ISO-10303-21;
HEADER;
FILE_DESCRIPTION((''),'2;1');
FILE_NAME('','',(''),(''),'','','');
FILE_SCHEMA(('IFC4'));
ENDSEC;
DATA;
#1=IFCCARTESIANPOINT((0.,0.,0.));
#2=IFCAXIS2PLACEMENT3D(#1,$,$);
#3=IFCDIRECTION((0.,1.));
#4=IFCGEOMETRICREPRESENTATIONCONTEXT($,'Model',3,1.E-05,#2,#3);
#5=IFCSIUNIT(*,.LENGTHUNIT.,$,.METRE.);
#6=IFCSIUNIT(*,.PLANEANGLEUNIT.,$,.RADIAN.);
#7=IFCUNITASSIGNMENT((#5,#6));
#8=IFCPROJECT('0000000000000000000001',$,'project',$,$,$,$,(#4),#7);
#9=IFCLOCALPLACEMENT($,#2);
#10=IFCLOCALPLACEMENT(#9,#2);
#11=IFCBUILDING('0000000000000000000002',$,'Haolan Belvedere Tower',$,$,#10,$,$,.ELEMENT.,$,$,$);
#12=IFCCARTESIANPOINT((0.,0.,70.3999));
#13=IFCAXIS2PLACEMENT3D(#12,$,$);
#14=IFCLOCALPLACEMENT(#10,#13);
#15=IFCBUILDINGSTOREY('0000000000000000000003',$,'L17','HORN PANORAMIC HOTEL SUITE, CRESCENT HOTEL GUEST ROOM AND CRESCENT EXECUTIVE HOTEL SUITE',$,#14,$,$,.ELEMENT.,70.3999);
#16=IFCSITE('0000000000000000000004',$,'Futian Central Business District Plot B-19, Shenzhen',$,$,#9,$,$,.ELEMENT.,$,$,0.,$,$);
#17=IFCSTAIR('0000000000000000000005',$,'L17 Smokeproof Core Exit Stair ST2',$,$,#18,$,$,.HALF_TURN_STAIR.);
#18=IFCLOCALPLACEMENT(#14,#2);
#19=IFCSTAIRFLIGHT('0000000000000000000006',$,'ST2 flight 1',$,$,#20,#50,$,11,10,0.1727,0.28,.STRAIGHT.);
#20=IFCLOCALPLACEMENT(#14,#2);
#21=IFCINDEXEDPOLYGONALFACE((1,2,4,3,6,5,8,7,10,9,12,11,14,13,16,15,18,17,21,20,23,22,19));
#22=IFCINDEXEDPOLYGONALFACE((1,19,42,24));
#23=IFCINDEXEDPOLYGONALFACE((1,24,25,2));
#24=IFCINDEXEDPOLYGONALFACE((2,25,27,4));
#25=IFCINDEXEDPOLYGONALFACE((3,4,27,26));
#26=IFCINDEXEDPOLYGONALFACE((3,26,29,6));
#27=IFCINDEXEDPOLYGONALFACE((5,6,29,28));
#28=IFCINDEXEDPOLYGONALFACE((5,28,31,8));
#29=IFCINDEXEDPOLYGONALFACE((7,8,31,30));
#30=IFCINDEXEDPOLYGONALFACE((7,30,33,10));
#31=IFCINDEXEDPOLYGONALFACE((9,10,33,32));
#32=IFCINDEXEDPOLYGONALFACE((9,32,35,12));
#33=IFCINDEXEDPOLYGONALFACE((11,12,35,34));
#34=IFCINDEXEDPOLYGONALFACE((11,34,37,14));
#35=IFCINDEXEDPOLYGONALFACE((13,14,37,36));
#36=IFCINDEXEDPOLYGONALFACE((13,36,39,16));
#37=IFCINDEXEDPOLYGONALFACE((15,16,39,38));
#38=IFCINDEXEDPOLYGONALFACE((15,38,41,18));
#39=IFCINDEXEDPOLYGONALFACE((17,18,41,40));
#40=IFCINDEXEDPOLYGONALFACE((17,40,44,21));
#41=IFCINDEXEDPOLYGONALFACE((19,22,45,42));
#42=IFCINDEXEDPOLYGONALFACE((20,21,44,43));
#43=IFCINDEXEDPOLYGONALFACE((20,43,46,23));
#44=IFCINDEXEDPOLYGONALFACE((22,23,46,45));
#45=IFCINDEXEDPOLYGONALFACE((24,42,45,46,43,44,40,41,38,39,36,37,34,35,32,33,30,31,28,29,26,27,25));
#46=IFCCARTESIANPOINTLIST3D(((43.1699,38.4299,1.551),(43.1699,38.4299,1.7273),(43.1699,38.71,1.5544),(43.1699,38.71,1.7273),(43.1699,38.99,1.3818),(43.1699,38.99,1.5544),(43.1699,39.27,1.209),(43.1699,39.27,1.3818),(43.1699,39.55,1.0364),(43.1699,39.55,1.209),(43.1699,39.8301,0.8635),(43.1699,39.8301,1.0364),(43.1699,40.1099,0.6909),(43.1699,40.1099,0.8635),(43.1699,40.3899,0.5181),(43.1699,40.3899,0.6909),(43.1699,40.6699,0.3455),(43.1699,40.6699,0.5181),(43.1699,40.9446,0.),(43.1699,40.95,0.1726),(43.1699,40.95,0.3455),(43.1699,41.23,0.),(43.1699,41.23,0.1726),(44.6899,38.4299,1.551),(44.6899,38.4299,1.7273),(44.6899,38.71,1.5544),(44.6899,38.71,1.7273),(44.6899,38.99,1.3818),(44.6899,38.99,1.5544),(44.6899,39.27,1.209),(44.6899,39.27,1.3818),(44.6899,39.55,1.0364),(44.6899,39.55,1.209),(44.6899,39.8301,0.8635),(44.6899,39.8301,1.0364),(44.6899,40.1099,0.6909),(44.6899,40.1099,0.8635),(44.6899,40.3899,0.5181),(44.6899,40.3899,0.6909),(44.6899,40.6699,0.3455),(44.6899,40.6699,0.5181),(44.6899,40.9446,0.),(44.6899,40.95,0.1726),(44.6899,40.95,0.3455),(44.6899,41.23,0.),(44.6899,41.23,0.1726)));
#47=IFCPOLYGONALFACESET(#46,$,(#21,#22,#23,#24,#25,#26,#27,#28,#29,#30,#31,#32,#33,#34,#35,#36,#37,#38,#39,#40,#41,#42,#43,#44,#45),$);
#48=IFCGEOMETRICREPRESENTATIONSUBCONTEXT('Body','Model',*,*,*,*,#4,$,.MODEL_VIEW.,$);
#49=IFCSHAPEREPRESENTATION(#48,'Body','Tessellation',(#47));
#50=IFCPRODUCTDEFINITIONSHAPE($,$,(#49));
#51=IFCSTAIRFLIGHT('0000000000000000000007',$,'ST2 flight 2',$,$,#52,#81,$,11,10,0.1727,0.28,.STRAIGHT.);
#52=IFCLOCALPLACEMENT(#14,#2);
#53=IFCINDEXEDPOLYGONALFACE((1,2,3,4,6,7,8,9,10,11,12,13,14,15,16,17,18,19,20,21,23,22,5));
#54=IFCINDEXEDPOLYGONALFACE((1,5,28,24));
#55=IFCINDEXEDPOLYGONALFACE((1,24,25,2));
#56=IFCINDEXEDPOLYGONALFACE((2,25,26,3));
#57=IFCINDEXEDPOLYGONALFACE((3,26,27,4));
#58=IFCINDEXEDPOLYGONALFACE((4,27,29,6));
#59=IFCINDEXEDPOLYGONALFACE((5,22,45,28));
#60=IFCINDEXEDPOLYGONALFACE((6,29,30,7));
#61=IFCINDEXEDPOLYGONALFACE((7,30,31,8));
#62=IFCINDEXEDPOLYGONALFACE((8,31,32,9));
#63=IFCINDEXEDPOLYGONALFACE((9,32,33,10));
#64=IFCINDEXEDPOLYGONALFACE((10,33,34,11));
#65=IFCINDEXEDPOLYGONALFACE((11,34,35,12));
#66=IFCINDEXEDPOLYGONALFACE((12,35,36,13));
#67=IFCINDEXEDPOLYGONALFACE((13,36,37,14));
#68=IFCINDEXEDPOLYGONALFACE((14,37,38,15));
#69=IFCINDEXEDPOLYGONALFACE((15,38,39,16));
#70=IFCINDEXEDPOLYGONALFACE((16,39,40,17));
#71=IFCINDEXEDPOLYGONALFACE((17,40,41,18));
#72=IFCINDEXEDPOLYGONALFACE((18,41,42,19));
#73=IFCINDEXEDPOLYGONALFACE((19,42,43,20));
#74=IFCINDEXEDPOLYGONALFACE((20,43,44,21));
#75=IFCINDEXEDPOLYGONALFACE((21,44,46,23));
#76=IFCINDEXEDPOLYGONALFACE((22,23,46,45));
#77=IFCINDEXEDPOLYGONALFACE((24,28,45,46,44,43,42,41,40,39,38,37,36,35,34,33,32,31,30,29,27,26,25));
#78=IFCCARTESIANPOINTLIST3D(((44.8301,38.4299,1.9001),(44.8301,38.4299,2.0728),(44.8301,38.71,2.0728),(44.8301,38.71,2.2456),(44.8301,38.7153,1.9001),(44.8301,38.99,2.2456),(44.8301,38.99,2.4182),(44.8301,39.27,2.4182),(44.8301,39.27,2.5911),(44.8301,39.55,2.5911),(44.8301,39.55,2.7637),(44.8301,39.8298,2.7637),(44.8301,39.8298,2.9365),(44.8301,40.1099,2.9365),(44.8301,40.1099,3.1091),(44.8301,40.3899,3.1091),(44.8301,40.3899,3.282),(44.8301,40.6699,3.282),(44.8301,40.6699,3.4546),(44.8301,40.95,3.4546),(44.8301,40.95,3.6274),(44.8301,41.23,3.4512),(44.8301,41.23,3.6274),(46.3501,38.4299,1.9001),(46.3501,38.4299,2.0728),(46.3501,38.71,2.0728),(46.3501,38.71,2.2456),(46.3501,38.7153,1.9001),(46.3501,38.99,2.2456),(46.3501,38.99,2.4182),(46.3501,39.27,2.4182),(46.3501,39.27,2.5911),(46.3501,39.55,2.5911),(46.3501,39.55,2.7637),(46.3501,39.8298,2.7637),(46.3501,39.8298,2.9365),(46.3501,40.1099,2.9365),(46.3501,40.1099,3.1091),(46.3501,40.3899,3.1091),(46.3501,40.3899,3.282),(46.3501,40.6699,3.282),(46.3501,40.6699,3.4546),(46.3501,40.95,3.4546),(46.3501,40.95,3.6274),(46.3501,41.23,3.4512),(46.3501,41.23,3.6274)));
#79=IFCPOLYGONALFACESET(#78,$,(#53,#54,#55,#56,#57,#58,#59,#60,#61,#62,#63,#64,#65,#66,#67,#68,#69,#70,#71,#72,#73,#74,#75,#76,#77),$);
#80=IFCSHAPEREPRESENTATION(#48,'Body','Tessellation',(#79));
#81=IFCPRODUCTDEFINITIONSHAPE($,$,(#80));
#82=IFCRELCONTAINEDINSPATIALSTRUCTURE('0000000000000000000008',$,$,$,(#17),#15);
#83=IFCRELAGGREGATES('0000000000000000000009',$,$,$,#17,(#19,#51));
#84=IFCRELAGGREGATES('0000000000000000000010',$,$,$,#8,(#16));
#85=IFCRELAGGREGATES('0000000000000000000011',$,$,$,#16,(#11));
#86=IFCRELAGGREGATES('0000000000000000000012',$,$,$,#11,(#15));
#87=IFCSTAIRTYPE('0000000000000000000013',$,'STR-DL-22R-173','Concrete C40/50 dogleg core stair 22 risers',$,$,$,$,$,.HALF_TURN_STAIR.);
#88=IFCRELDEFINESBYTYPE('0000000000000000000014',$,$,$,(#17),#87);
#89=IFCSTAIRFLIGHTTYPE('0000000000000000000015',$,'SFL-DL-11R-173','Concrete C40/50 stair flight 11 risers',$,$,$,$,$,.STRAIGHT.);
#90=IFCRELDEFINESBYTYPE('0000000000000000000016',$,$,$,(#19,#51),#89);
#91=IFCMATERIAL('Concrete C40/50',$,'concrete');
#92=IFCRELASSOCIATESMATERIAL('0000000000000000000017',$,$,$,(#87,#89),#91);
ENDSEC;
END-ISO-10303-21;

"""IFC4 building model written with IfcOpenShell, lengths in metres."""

from ifc_helpers import new_model, si_unit, direction, frame, origin, place, context, subcontext, project, spatial, polyline, outline, extrude, material, type_object, element, aggregate, save


model = new_model("IFC4")

# Units and contexts
model_context = context("Model", 3, precision=1e-05, world=origin(), true_north=direction((0.0, 1.0)))
body_context = subcontext(model_context, "Body", "Model", "MODEL_VIEW")
ifc_project = project(units=[si_unit("LENGTHUNIT", "METRE"), si_unit("PLANEANGLEUNIT", "RADIAN")], contexts=[model_context])

# Site, building, storey
site_placement = place(None, origin())
site = spatial("IfcSite", under=ifc_project, at=site_placement, Name="Futian Central Business District Plot B-19, Shenzhen", CompositionType="ELEMENT", RefElevation=0.0)
building_placement = place(site_placement, origin())
building = spatial("IfcBuilding", under=site, at=building_placement, Name="Haolan Belvedere Tower", CompositionType="ELEMENT")
storey_placement = place(building_placement, frame((0.0, 0.0, 70.3999)))
storey = spatial("IfcBuildingStorey", under=building, at=storey_placement, Name="L17", Description="HORN PANORAMIC HOTEL SUITE, CRESCENT HOTEL GUEST ROOM AND CRESCENT EXECUTIVE HOTEL SUITE", CompositionType="ELEMENT", Elevation=70.3999)

# Shared definitions
ifc_material_1 = material(Name="Concrete C40/50", Category="concrete")

# Shared definitions
stair_type = type_object("IfcStairType", Name="STR-DL-22R-173", Description="Concrete C40/50 dogleg core stair 22 risers", PredefinedType="HALF_TURN_STAIR", material=ifc_material_1)
stair_flight_type = type_object("IfcStairFlightType", Name="SFL-DL-11R-173", Description="Concrete C40/50 stair flight 11 risers", PredefinedType="STRAIGHT", material=ifc_material_1)

# Stair, stair flights
stair_1_placement = place(storey_placement, origin())
stair_1 = element("IfcStair", 1, at=stair_1_placement, inside=storey, type_object=stair_type, Name="L17 Smokeproof Core Exit Stair ST2", PredefinedType="HALF_TURN_STAIR")
stair_flight_1_placement = place(storey_placement, frame((43.9299, 41.23, 0.0), z_axis=(0.0, 0.0, 1.0), x_axis=(0.0, -1.0, 0.0)))
stair_flight_1 = element("IfcStairFlight", 2, at=stair_flight_1_placement, type_object=stair_flight_type, Name="ST2 flight 1", NumberOfRisers=11, NumberOfTreads=10, PredefinedType="STRAIGHT", RiserHeight=0.1727, TreadLength=0.28, context=body_context, shape_type="SweptSolid", body=[
    extrude(outline(polyline([(0.0, 0.0), (0.0, 0.1726), (0.28, 0.1726), (0.28, 0.3455), (0.5601, 0.3455), (0.5601, 0.5181), (0.8401, 0.5181), (0.8401, 0.6909), (1.1201, 0.6909), (1.1201, 0.8635), (1.3999, 0.8635), (1.3999, 1.0364), (1.6799, 1.0364), (1.6799, 1.209), (1.96, 1.209), (1.96, 1.3818), (2.24, 1.3818), (2.24, 1.5544), (2.52, 1.5544), (2.52, 1.7273), (2.8, 1.7273), (2.8, 1.8999), (2.8, 1.551), (0.2854, 0.0), (0.0, 0.0)])), frame((0.0, 0.76, 0.0), z_axis=(0.0, -1.0, 0.0), x_axis=(1.0, 0.0, 0.0)), (0.0, 0.0, 1.0), 1.52),
])
stair_flight_2_placement = place(storey_placement, frame((45.5901, 38.4299, 1.9001), z_axis=(0.0, 0.0, 1.0), x_axis=(0.0, 1.0, 0.0)))
stair_flight_2 = element("IfcStairFlight", 3, at=stair_flight_2_placement, type_object=stair_flight_type, Name="ST2 flight 2", NumberOfRisers=11, NumberOfTreads=10, PredefinedType="STRAIGHT", RiserHeight=0.1727, TreadLength=0.28, context=body_context, shape_type="SweptSolid", body=[
    extrude(outline(polyline([(0.0, 0.0), (0.0, 0.1726), (0.28, 0.1726), (0.28, 0.3455), (0.5601, 0.3455), (0.5601, 0.5181), (0.8401, 0.5181), (0.8401, 0.6909), (1.1201, 0.6909), (1.1201, 0.8635), (1.3999, 0.8635), (1.3999, 1.0364), (1.6799, 1.0364), (1.6799, 1.209), (1.96, 1.209), (1.96, 1.3818), (2.24, 1.3818), (2.24, 1.5544), (2.52, 1.5544), (2.52, 1.7273), (2.8, 1.7273), (2.8, 1.8999), (2.8, 1.551), (0.2854, 0.0), (0.0, 0.0)])), frame((0.0, 0.76, 0.0), z_axis=(0.0, -1.0, 0.0), x_axis=(1.0, 0.0, 0.0)), (0.0, 0.0, 1.0), 1.52),
])
aggregate(stair_1, [stair_flight_1, stair_flight_2])

save(model, "model.ifc")
